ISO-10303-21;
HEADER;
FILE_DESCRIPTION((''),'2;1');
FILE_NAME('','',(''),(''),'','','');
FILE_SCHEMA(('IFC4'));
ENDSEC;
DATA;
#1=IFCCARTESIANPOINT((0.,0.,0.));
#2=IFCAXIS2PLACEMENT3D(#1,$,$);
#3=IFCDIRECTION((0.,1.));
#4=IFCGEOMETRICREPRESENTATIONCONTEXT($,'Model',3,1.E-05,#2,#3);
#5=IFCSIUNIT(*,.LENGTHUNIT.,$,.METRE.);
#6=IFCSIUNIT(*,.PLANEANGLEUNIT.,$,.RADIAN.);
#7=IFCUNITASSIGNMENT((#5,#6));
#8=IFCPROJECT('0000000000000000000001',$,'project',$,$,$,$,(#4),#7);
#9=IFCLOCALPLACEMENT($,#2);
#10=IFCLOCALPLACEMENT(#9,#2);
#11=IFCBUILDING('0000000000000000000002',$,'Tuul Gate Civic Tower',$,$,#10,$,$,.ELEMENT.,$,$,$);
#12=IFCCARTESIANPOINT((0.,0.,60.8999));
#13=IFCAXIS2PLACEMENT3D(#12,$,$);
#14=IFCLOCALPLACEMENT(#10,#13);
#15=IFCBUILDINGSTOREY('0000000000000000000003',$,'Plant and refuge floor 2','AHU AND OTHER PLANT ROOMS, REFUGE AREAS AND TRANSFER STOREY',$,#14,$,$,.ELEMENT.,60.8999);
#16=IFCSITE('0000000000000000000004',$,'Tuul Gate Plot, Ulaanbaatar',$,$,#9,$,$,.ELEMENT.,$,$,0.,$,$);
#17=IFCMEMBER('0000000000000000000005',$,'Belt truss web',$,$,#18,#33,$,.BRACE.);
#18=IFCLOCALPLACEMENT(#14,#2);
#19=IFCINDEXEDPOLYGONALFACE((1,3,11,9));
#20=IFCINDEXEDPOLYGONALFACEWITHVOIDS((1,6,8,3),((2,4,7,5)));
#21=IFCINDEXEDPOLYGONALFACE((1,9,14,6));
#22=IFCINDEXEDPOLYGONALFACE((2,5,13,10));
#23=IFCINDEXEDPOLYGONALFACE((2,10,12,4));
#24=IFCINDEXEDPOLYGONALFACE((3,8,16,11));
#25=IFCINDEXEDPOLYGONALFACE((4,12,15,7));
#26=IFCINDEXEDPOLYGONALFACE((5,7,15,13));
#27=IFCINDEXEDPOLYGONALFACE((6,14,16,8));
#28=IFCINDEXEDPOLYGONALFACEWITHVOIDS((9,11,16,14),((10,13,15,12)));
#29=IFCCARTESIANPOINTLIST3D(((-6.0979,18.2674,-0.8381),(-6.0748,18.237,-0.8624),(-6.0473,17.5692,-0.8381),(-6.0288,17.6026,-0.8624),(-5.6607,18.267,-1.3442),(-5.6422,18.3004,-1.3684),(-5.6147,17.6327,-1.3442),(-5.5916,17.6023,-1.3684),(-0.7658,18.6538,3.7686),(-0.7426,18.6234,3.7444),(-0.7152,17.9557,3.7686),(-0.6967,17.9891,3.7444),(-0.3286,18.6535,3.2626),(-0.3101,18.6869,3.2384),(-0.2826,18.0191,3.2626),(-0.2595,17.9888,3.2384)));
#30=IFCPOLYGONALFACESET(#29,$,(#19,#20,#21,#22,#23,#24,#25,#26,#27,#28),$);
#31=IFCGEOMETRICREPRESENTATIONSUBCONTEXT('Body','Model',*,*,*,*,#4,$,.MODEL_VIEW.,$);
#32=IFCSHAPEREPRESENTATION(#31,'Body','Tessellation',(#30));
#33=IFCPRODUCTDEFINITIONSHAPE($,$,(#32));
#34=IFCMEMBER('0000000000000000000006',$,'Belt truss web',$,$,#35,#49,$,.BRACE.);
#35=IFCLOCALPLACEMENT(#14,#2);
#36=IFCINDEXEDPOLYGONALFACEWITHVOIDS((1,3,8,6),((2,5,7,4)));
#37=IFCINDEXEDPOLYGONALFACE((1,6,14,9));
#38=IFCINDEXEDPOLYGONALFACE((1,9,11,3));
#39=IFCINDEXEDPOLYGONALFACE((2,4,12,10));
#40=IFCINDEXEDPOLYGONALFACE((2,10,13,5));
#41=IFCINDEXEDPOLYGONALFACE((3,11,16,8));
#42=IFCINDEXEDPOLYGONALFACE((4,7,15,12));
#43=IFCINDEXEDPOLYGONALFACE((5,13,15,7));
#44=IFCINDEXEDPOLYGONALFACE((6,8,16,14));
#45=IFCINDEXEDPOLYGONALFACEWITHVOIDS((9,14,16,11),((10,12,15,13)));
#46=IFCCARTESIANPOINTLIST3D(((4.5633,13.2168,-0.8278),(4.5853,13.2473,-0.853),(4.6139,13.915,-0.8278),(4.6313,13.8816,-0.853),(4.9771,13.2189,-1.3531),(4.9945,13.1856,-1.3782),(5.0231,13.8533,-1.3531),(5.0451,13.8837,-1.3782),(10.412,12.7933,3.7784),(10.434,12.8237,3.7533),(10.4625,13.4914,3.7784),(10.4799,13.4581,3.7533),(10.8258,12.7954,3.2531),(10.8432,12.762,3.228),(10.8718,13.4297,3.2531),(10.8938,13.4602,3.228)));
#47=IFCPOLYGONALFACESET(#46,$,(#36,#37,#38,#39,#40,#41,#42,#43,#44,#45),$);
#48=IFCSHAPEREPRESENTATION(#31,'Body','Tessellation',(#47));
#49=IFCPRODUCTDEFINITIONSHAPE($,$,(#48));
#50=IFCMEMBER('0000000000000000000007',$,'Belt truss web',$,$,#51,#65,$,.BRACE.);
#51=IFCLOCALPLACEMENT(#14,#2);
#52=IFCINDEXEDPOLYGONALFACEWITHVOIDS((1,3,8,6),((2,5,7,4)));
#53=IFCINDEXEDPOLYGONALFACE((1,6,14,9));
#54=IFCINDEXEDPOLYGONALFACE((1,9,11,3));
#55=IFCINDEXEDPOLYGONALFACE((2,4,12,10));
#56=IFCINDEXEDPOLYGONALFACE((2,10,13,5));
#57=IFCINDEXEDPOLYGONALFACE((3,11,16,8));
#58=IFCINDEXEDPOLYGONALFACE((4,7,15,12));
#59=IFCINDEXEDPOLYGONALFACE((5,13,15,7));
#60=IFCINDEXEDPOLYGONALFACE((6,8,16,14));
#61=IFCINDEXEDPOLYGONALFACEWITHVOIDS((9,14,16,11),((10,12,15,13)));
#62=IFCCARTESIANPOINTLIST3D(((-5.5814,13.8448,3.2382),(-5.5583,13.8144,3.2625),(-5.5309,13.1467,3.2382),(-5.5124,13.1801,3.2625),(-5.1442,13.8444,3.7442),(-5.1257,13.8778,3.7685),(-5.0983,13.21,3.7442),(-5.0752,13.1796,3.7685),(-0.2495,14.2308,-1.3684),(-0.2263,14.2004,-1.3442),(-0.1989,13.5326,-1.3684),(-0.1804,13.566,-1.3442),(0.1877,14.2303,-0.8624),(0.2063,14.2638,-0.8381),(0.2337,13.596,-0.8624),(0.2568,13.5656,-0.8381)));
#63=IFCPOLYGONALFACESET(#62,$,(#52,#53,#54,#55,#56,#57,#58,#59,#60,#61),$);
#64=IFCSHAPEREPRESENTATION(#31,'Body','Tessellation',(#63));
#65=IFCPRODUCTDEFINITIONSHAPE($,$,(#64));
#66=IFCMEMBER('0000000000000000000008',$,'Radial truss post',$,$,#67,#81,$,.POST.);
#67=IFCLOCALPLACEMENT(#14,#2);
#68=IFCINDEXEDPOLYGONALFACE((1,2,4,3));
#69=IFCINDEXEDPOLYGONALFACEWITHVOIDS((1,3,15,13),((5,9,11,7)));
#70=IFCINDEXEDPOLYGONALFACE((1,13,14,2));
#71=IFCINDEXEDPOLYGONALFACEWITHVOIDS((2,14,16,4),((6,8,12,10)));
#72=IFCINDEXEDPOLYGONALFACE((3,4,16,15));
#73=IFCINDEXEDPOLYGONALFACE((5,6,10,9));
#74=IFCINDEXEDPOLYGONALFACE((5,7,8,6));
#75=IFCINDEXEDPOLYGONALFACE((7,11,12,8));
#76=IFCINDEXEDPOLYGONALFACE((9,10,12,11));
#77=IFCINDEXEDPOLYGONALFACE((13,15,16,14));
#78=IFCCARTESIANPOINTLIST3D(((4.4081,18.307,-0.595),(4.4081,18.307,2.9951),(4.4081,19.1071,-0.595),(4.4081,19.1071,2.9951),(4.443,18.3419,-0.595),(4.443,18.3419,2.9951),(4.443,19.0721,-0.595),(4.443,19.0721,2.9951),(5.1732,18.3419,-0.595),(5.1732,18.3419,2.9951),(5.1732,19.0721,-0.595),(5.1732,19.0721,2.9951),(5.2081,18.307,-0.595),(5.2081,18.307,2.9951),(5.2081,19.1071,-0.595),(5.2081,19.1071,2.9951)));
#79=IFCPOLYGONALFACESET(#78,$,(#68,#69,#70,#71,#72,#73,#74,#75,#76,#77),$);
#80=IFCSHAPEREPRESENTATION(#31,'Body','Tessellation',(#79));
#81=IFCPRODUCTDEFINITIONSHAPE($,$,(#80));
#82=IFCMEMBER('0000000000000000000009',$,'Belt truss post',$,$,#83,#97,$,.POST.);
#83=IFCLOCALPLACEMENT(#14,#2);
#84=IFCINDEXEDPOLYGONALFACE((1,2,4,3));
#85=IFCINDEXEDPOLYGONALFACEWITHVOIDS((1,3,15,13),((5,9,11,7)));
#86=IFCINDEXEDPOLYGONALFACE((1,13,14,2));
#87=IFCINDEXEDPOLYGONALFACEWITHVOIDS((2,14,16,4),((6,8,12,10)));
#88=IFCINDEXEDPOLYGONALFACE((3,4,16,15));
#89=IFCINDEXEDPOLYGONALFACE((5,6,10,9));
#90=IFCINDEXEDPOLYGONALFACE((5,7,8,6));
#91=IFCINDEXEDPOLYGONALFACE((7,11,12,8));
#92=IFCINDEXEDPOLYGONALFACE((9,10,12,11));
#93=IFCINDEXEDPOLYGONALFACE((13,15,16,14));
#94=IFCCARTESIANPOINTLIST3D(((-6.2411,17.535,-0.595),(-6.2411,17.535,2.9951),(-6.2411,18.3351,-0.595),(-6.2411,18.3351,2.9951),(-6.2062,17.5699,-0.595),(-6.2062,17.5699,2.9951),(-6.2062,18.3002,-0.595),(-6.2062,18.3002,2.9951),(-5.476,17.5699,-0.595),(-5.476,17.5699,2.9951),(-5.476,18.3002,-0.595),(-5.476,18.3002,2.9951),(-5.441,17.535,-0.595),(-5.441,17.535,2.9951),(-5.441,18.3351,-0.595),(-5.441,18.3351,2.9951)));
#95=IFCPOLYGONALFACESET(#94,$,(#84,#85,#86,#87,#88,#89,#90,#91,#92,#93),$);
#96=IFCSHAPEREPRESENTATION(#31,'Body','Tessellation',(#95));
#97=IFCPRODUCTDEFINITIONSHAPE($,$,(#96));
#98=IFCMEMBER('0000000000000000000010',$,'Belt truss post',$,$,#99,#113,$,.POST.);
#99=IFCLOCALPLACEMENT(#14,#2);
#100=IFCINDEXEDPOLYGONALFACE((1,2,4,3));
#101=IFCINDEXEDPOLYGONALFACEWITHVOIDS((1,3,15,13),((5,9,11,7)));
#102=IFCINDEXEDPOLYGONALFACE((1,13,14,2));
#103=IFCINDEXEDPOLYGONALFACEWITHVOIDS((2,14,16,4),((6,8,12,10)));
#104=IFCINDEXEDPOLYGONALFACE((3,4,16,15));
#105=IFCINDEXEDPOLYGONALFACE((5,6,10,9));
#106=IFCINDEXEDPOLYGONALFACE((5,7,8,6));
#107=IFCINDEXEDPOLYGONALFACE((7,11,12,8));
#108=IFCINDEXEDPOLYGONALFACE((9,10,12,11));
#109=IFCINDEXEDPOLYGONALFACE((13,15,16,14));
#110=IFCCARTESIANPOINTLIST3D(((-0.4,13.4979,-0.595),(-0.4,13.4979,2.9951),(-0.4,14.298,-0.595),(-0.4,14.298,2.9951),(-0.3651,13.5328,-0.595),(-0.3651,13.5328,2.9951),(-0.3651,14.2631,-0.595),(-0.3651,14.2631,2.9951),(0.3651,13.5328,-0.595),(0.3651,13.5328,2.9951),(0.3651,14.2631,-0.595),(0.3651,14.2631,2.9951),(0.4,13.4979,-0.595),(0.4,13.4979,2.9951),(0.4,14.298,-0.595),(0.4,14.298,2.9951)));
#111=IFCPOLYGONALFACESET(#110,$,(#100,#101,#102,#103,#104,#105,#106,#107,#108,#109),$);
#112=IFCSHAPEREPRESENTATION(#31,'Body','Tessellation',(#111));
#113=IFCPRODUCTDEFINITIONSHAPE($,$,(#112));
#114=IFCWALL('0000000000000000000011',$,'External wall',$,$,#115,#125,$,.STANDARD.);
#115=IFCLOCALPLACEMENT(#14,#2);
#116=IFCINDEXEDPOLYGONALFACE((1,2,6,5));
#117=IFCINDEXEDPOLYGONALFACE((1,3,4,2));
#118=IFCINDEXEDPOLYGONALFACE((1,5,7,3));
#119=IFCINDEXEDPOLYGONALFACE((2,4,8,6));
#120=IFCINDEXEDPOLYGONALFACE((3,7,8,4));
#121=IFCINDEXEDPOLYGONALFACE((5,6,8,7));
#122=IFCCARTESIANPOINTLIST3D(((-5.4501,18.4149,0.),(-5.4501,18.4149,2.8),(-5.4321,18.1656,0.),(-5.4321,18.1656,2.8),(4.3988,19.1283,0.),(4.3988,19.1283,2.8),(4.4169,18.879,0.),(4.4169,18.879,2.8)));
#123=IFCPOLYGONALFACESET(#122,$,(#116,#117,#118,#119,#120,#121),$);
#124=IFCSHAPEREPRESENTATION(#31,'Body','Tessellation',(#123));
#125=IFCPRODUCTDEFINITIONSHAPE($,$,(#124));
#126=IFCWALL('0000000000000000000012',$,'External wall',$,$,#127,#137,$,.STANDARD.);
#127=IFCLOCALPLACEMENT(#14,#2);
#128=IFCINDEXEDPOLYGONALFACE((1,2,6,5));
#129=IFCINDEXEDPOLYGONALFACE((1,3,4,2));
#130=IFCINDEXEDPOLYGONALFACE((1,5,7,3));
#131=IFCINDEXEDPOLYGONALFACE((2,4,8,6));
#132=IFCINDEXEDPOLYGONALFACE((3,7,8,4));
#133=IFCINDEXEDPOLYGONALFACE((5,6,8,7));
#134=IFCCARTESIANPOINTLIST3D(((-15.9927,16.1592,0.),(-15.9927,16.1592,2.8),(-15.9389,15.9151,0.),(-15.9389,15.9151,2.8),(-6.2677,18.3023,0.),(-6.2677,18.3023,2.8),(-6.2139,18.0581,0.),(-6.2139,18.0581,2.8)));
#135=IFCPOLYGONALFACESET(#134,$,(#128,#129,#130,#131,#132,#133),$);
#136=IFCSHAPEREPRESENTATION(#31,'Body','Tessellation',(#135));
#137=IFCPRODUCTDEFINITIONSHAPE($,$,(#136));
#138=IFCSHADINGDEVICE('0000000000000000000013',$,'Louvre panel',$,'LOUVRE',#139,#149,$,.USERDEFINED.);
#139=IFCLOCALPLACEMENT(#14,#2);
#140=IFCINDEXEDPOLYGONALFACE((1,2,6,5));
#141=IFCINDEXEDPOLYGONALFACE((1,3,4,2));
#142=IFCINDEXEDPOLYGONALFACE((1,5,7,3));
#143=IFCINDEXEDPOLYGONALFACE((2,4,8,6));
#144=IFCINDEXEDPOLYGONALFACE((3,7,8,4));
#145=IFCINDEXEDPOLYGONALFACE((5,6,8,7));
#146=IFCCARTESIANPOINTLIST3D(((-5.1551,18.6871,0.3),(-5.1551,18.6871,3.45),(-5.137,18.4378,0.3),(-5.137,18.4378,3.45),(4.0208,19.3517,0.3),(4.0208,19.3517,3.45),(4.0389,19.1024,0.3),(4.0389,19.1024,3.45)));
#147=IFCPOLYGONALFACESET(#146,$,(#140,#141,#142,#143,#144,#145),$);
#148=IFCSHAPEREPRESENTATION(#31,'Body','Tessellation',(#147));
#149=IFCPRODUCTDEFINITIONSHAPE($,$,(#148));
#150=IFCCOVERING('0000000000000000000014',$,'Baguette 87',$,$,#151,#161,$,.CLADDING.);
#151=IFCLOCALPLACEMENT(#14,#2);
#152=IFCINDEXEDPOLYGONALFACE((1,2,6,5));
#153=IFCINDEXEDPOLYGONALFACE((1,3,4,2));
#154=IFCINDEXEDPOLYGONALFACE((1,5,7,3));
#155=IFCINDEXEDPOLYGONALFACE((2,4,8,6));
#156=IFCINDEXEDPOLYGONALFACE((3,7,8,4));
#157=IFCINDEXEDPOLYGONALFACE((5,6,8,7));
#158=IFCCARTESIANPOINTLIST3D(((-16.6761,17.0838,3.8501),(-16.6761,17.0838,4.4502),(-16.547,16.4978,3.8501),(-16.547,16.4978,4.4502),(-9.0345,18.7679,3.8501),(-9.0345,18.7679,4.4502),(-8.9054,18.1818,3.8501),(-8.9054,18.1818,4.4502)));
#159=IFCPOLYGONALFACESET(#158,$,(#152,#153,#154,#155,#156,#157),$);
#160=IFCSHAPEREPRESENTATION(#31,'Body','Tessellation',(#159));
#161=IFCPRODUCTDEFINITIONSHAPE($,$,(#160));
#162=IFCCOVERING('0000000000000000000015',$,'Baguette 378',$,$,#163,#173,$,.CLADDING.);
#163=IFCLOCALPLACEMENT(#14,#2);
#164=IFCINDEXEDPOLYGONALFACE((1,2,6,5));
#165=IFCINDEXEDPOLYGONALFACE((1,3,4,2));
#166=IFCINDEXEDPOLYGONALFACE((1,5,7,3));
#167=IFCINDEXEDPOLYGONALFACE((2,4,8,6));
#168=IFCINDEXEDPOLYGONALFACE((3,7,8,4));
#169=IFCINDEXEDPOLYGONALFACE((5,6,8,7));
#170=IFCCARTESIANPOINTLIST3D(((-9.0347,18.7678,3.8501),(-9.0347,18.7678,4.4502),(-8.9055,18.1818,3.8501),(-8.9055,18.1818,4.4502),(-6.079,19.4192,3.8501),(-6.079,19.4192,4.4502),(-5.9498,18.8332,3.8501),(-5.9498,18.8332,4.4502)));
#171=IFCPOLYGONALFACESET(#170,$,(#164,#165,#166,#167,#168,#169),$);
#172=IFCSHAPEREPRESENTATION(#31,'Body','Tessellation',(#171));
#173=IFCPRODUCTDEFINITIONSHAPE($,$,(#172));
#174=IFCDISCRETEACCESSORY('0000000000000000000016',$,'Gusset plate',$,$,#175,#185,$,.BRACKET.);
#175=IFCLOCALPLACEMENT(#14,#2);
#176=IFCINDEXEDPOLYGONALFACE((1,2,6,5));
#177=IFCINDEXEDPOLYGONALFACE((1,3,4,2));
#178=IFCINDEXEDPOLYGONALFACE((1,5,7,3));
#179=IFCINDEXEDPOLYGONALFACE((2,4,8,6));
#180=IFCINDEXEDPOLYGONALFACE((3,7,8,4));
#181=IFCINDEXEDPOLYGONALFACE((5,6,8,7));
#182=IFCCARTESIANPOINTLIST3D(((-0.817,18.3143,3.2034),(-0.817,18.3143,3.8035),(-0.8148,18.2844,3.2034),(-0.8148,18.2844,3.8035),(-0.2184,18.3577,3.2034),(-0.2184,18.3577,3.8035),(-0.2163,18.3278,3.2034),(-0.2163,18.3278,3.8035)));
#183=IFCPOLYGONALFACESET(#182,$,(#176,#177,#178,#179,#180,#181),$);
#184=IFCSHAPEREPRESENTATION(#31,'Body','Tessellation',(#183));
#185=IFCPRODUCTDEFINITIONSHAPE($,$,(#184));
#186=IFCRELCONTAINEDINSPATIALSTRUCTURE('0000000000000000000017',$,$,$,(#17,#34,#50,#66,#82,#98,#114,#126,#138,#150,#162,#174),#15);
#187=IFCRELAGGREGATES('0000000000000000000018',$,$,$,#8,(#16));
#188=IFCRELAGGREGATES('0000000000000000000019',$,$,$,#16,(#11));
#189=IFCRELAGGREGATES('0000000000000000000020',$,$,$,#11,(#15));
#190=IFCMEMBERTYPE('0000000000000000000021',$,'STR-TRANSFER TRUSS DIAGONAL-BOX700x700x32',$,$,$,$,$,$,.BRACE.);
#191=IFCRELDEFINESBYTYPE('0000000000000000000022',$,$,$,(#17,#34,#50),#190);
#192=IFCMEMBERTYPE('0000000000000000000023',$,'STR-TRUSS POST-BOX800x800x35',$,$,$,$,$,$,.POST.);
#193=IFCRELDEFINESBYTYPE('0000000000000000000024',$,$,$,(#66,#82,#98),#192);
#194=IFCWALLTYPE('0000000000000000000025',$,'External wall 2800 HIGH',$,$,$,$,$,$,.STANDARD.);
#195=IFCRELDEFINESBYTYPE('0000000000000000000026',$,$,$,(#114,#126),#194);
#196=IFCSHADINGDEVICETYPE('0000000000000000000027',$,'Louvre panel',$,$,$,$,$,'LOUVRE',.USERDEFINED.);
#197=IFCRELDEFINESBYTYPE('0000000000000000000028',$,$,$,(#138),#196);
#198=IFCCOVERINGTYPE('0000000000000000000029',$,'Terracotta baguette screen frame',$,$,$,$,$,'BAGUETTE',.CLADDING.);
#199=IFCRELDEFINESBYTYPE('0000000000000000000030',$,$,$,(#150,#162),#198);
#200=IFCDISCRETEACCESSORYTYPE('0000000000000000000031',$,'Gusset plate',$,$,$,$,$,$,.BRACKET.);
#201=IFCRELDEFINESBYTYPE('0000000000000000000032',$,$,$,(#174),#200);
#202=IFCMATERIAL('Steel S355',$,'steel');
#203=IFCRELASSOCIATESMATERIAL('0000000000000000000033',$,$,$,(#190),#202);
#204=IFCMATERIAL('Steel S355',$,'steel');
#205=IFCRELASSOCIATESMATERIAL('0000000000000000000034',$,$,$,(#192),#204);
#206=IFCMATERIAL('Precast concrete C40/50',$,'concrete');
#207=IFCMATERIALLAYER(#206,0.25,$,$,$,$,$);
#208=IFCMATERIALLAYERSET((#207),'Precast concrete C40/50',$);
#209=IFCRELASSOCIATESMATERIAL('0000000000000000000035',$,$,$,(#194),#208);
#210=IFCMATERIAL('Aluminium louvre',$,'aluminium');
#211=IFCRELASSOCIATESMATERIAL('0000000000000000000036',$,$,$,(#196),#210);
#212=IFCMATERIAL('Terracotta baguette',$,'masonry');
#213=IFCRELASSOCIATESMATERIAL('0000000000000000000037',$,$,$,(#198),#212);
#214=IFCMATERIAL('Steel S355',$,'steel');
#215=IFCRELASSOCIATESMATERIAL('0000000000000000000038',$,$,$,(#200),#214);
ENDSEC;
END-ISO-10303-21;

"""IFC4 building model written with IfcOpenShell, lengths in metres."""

from ifc_helpers import new_model, si_unit, direction, frame, frame_2d, origin, origin_2d, place, context, subcontext, project, spatial, rectangle, hollow_rectangle, extrude, material, layer, layer_set, material_profile, profile_set, type_object, element, save


model = new_model("IFC4")

# Units and contexts
model_context = context("Model", 3, precision=1e-05, world=origin(), true_north=direction((0.0, 1.0)))
body_context = subcontext(model_context, "Body", "Model", "MODEL_VIEW")
ifc_project = project(units=[si_unit("LENGTHUNIT", "METRE"), si_unit("PLANEANGLEUNIT", "RADIAN")], contexts=[model_context])

# Site, building, storey
site_placement = place(None, origin())
site = spatial("IfcSite", under=ifc_project, at=site_placement, Name="Tuul Gate Plot, Ulaanbaatar", CompositionType="ELEMENT", RefElevation=0.0)
building_placement = place(site_placement, origin())
building = spatial("IfcBuilding", under=site, at=building_placement, Name="Tuul Gate Civic Tower", CompositionType="ELEMENT")
storey_placement = place(building_placement, frame((0.0, 0.0, 60.8999)))
storey = spatial("IfcBuildingStorey", under=building, at=storey_placement, Name="Plant and refuge floor 2", Description="AHU AND OTHER PLANT ROOMS, REFUGE AREAS AND TRANSFER STOREY", CompositionType="ELEMENT", Elevation=60.8999)

# Members
ifc_material_1 = material(Name="Steel S355", Category="steel")
ifc_material_profile_1 = material_profile(ifc_material_1, hollow_rectangle(XDim=0.7, YDim=0.7, WallThickness=0.032, at=origin_2d()), Name="BOX700x700x32")
ifc_profile_set_1 = profile_set([ifc_material_profile_1], Name="Steel S355")
member_type_1 = type_object("IfcMemberType", Name="STR-TRANSFER TRUSS DIAGONAL-BOX700x700x32", PredefinedType="BRACE", material=ifc_profile_set_1)
member_1_placement = place(storey_placement, frame((-5.8447, 17.9348, -1.1033), z_axis=(0.755564, 0.054765, 0.652781), x_axis=(-0.072292, 0.997384, 0.0)))
element("IfcMember", 1, at=member_1_placement, inside=storey, type_object=member_type_1, Name="Belt truss web", PredefinedType="BRACE", context=body_context, shape_type="SweptSolid", body=[
    extrude(hollow_rectangle(XDim=0.7, YDim=0.7, WallThickness=0.032, at=origin_2d()), origin(), (0.0, 0.0, 1.0), 7.0571),
])
member_2_placement = place(storey_placement, frame((4.8042, 13.5503, -1.103), z_axis=(0.784341, -0.056805, 0.617723), x_axis=(0.072235, 0.997388, 0.0)))
element("IfcMember", 2, at=member_2_placement, inside=storey, type_object=member_type_1, Name="Belt truss web", PredefinedType="BRACE", context=body_context, shape_type="SweptSolid", body=[
    extrude(hollow_rectangle(XDim=0.7, YDim=0.7, WallThickness=0.032, at=origin_2d()), origin(), (0.0, 0.0, 1.0), 7.4568),
])
member_3_placement = place(storey_placement, frame((0.0037, 13.8982, -1.1033), z_axis=(-0.755567, -0.054696, 0.652784), x_axis=(0.072201, -0.99739, 0.0)))
element("IfcMember", 3, at=member_3_placement, inside=storey, type_object=member_type_1, Name="Belt truss web", PredefinedType="BRACE", context=body_context, shape_type="SweptSolid", body=[
    extrude(hollow_rectangle(XDim=0.7, YDim=0.7, WallThickness=0.032, at=origin_2d()), origin(), (0.0, 0.0, 1.0), 7.0569),
])
ifc_material_2 = material(Name="Steel S355", Category="steel")
ifc_material_profile_2 = material_profile(ifc_material_2, hollow_rectangle(XDim=0.8, YDim=0.8, WallThickness=0.0349, at=origin_2d()), Name="BOX800x800x35")
ifc_profile_set_2 = profile_set([ifc_material_profile_2], Name="Steel S355")
member_type_2 = type_object("IfcMemberType", Name="STR-TRUSS POST-BOX800x800x35", PredefinedType="POST", material=ifc_profile_set_2)
for number, where, z_axis, x_axis, name in (
    (4, (4.8081, 18.707, -0.595), (0.0, 0.0, 1.0), (1.0, 0.0, 0.0), "Radial truss post"),
    (5, (-5.8411, 17.9351, -0.595), (0.0, 0.0, 1.0), (1.0, 0.0, 0.0), "Belt truss post"),
    (6, (0.0, 13.8979, -0.595), (0.0, 0.0, 1.0), (1.0, 0.0, 0.0), "Belt truss post"),
):
    element("IfcMember", number, at=place(storey_placement, frame(where, z_axis=z_axis, x_axis=x_axis)), inside=storey, type_object=member_type_2, Name=name, PredefinedType="POST", context=body_context, shape_type="SweptSolid", body=[
        extrude(hollow_rectangle(XDim=0.8, YDim=0.8, WallThickness=0.0349, at=origin_2d()), origin(), (0.0, 0.0, 1.0), 3.5901),
    ])

# Walls
ifc_material_3 = material(Name="Precast concrete C40/50", Category="concrete")
ifc_layer = layer(ifc_material_3, 0.25)
ifc_layer_set = layer_set([ifc_layer], Name="Precast concrete C40/50")
wall_type = type_object("IfcWallType", Name="External wall 2800 HIGH", PredefinedType="STANDARD", material=ifc_layer_set)
wall_1_placement = place(storey_placement, frame((4.408, 19.0037, 0.0), z_axis=(0.0, 0.0, 1.0), x_axis=(-0.997387, -0.072243, 0.0)))
element("IfcWall", 7, at=wall_1_placement, inside=storey, type_object=wall_type, Name="External wall", PredefinedType="STANDARD", context=body_context, shape_type="SweptSolid", body=[
    extrude(rectangle(XDim=9.8748, YDim=0.25, at=frame_2d((4.9375, 0.0))), origin(), (0.0, 0.0, 1.0), 2.8),
])
wall_2_placement = place(storey_placement, frame((-6.241, 18.1802, 0.0), z_axis=(0.0, 0.0, 1.0), x_axis=(-0.976569, -0.215206, 0.0)))
element("IfcWall", 8, at=wall_2_placement, inside=storey, type_object=wall_type, Name="External wall", PredefinedType="STANDARD", context=body_context, shape_type="SweptSolid", body=[
    extrude(rectangle(XDim=9.9583, YDim=0.25, at=frame_2d((4.979, 0.0))), origin(), (0.0, 0.0, 1.0), 2.8),
])

# Shading device
ifc_material_4 = material(Name="Aluminium louvre", Category="aluminium")
shading_device_type = type_object("IfcShadingDeviceType", Name="Louvre panel", ElementType="LOUVRE", PredefinedType="USERDEFINED", material=ifc_material_4)
shading_device_placement = place(storey_placement, frame((-0.5581, 18.8948, 0.3), z_axis=(0.0, 0.0, 1.0), x_axis=(-0.072239, 0.997387, 0.0)))
element("IfcShadingDevice", 9, at=shading_device_placement, inside=storey, type_object=shading_device_type, Name="Louvre panel", ObjectType="LOUVRE", PredefinedType="USERDEFINED", context=body_context, shape_type="SweptSolid", body=[
    extrude(rectangle(XDim=0.25, YDim=9.2, at=origin_2d()), origin(), (0.0, 0.0, 1.0), 3.1499),
])

# Coverings
ifc_material_5 = material(Name="Terracotta baguette", Category="masonry")
ifc_material_profile_3 = material_profile(ifc_material_5, rectangle(XDim=0.6001, YDim=0.6001, at=origin_2d()), Name="Terracotta baguette screen frame")
ifc_profile_set_3 = profile_set([ifc_material_profile_3], Name="Terracotta baguette")
covering_type = type_object("IfcCoveringType", Name="Terracotta baguette screen frame", ElementType="BAGUETTE", PredefinedType="CLADDING", material=ifc_profile_set_3)
covering_1_placement = place(storey_placement, frame((-8.97, 18.4749, 4.1501), z_axis=(-0.976566, -0.215219, 0.0), x_axis=(0.215219, -0.976566, 0.0)))
element("IfcCovering", 10, at=covering_1_placement, inside=storey, type_object=covering_type, Name="Baguette 87", PredefinedType="CLADDING", context=body_context, shape_type="SweptSolid", body=[
    extrude(rectangle(XDim=0.6001, YDim=0.6001, at=origin_2d()), origin(), (0.0, 0.0, 1.0), 7.825),
])
covering_2_placement = place(storey_placement, frame((-6.0144, 19.1262, 4.1501), z_axis=(-0.976565, -0.215222, 0.0), x_axis=(0.215222, -0.976565, 0.0)))
element("IfcCovering", 11, at=covering_2_placement, inside=storey, type_object=covering_type, Name="Baguette 378", PredefinedType="CLADDING", context=body_context, shape_type="SweptSolid", body=[
    extrude(rectangle(XDim=0.6001, YDim=0.6001, at=origin_2d()), origin(), (0.0, 0.0, 1.0), 3.0266),
])

# Discrete accessory
ifc_material_6 = material(Name="Steel S355", Category="steel")
discrete_accessory_type_1 = type_object("IfcDiscreteAccessoryType", Name="Gusset plate", PredefinedType="BRACKET", material=ifc_material_6)
discrete_accessory_1_placement = place(storey_placement, frame((-0.5166, 18.321, 3.2034), z_axis=(0.0, 0.0, 1.0), x_axis=(0.997383, 0.072305, 0.0)))
element("IfcDiscreteAccessory", 12, at=discrete_accessory_1_placement, inside=storey, type_object=discrete_accessory_type_1, Name="Gusset plate", PredefinedType="BRACKET", context=body_context, shape_type="SweptSolid", body=[
    extrude(rectangle(XDim=0.6001, YDim=0.03, at=origin_2d()), origin(), (0.0, 0.0, 1.0), 0.6001),
])

save(model, "model.ifc")
